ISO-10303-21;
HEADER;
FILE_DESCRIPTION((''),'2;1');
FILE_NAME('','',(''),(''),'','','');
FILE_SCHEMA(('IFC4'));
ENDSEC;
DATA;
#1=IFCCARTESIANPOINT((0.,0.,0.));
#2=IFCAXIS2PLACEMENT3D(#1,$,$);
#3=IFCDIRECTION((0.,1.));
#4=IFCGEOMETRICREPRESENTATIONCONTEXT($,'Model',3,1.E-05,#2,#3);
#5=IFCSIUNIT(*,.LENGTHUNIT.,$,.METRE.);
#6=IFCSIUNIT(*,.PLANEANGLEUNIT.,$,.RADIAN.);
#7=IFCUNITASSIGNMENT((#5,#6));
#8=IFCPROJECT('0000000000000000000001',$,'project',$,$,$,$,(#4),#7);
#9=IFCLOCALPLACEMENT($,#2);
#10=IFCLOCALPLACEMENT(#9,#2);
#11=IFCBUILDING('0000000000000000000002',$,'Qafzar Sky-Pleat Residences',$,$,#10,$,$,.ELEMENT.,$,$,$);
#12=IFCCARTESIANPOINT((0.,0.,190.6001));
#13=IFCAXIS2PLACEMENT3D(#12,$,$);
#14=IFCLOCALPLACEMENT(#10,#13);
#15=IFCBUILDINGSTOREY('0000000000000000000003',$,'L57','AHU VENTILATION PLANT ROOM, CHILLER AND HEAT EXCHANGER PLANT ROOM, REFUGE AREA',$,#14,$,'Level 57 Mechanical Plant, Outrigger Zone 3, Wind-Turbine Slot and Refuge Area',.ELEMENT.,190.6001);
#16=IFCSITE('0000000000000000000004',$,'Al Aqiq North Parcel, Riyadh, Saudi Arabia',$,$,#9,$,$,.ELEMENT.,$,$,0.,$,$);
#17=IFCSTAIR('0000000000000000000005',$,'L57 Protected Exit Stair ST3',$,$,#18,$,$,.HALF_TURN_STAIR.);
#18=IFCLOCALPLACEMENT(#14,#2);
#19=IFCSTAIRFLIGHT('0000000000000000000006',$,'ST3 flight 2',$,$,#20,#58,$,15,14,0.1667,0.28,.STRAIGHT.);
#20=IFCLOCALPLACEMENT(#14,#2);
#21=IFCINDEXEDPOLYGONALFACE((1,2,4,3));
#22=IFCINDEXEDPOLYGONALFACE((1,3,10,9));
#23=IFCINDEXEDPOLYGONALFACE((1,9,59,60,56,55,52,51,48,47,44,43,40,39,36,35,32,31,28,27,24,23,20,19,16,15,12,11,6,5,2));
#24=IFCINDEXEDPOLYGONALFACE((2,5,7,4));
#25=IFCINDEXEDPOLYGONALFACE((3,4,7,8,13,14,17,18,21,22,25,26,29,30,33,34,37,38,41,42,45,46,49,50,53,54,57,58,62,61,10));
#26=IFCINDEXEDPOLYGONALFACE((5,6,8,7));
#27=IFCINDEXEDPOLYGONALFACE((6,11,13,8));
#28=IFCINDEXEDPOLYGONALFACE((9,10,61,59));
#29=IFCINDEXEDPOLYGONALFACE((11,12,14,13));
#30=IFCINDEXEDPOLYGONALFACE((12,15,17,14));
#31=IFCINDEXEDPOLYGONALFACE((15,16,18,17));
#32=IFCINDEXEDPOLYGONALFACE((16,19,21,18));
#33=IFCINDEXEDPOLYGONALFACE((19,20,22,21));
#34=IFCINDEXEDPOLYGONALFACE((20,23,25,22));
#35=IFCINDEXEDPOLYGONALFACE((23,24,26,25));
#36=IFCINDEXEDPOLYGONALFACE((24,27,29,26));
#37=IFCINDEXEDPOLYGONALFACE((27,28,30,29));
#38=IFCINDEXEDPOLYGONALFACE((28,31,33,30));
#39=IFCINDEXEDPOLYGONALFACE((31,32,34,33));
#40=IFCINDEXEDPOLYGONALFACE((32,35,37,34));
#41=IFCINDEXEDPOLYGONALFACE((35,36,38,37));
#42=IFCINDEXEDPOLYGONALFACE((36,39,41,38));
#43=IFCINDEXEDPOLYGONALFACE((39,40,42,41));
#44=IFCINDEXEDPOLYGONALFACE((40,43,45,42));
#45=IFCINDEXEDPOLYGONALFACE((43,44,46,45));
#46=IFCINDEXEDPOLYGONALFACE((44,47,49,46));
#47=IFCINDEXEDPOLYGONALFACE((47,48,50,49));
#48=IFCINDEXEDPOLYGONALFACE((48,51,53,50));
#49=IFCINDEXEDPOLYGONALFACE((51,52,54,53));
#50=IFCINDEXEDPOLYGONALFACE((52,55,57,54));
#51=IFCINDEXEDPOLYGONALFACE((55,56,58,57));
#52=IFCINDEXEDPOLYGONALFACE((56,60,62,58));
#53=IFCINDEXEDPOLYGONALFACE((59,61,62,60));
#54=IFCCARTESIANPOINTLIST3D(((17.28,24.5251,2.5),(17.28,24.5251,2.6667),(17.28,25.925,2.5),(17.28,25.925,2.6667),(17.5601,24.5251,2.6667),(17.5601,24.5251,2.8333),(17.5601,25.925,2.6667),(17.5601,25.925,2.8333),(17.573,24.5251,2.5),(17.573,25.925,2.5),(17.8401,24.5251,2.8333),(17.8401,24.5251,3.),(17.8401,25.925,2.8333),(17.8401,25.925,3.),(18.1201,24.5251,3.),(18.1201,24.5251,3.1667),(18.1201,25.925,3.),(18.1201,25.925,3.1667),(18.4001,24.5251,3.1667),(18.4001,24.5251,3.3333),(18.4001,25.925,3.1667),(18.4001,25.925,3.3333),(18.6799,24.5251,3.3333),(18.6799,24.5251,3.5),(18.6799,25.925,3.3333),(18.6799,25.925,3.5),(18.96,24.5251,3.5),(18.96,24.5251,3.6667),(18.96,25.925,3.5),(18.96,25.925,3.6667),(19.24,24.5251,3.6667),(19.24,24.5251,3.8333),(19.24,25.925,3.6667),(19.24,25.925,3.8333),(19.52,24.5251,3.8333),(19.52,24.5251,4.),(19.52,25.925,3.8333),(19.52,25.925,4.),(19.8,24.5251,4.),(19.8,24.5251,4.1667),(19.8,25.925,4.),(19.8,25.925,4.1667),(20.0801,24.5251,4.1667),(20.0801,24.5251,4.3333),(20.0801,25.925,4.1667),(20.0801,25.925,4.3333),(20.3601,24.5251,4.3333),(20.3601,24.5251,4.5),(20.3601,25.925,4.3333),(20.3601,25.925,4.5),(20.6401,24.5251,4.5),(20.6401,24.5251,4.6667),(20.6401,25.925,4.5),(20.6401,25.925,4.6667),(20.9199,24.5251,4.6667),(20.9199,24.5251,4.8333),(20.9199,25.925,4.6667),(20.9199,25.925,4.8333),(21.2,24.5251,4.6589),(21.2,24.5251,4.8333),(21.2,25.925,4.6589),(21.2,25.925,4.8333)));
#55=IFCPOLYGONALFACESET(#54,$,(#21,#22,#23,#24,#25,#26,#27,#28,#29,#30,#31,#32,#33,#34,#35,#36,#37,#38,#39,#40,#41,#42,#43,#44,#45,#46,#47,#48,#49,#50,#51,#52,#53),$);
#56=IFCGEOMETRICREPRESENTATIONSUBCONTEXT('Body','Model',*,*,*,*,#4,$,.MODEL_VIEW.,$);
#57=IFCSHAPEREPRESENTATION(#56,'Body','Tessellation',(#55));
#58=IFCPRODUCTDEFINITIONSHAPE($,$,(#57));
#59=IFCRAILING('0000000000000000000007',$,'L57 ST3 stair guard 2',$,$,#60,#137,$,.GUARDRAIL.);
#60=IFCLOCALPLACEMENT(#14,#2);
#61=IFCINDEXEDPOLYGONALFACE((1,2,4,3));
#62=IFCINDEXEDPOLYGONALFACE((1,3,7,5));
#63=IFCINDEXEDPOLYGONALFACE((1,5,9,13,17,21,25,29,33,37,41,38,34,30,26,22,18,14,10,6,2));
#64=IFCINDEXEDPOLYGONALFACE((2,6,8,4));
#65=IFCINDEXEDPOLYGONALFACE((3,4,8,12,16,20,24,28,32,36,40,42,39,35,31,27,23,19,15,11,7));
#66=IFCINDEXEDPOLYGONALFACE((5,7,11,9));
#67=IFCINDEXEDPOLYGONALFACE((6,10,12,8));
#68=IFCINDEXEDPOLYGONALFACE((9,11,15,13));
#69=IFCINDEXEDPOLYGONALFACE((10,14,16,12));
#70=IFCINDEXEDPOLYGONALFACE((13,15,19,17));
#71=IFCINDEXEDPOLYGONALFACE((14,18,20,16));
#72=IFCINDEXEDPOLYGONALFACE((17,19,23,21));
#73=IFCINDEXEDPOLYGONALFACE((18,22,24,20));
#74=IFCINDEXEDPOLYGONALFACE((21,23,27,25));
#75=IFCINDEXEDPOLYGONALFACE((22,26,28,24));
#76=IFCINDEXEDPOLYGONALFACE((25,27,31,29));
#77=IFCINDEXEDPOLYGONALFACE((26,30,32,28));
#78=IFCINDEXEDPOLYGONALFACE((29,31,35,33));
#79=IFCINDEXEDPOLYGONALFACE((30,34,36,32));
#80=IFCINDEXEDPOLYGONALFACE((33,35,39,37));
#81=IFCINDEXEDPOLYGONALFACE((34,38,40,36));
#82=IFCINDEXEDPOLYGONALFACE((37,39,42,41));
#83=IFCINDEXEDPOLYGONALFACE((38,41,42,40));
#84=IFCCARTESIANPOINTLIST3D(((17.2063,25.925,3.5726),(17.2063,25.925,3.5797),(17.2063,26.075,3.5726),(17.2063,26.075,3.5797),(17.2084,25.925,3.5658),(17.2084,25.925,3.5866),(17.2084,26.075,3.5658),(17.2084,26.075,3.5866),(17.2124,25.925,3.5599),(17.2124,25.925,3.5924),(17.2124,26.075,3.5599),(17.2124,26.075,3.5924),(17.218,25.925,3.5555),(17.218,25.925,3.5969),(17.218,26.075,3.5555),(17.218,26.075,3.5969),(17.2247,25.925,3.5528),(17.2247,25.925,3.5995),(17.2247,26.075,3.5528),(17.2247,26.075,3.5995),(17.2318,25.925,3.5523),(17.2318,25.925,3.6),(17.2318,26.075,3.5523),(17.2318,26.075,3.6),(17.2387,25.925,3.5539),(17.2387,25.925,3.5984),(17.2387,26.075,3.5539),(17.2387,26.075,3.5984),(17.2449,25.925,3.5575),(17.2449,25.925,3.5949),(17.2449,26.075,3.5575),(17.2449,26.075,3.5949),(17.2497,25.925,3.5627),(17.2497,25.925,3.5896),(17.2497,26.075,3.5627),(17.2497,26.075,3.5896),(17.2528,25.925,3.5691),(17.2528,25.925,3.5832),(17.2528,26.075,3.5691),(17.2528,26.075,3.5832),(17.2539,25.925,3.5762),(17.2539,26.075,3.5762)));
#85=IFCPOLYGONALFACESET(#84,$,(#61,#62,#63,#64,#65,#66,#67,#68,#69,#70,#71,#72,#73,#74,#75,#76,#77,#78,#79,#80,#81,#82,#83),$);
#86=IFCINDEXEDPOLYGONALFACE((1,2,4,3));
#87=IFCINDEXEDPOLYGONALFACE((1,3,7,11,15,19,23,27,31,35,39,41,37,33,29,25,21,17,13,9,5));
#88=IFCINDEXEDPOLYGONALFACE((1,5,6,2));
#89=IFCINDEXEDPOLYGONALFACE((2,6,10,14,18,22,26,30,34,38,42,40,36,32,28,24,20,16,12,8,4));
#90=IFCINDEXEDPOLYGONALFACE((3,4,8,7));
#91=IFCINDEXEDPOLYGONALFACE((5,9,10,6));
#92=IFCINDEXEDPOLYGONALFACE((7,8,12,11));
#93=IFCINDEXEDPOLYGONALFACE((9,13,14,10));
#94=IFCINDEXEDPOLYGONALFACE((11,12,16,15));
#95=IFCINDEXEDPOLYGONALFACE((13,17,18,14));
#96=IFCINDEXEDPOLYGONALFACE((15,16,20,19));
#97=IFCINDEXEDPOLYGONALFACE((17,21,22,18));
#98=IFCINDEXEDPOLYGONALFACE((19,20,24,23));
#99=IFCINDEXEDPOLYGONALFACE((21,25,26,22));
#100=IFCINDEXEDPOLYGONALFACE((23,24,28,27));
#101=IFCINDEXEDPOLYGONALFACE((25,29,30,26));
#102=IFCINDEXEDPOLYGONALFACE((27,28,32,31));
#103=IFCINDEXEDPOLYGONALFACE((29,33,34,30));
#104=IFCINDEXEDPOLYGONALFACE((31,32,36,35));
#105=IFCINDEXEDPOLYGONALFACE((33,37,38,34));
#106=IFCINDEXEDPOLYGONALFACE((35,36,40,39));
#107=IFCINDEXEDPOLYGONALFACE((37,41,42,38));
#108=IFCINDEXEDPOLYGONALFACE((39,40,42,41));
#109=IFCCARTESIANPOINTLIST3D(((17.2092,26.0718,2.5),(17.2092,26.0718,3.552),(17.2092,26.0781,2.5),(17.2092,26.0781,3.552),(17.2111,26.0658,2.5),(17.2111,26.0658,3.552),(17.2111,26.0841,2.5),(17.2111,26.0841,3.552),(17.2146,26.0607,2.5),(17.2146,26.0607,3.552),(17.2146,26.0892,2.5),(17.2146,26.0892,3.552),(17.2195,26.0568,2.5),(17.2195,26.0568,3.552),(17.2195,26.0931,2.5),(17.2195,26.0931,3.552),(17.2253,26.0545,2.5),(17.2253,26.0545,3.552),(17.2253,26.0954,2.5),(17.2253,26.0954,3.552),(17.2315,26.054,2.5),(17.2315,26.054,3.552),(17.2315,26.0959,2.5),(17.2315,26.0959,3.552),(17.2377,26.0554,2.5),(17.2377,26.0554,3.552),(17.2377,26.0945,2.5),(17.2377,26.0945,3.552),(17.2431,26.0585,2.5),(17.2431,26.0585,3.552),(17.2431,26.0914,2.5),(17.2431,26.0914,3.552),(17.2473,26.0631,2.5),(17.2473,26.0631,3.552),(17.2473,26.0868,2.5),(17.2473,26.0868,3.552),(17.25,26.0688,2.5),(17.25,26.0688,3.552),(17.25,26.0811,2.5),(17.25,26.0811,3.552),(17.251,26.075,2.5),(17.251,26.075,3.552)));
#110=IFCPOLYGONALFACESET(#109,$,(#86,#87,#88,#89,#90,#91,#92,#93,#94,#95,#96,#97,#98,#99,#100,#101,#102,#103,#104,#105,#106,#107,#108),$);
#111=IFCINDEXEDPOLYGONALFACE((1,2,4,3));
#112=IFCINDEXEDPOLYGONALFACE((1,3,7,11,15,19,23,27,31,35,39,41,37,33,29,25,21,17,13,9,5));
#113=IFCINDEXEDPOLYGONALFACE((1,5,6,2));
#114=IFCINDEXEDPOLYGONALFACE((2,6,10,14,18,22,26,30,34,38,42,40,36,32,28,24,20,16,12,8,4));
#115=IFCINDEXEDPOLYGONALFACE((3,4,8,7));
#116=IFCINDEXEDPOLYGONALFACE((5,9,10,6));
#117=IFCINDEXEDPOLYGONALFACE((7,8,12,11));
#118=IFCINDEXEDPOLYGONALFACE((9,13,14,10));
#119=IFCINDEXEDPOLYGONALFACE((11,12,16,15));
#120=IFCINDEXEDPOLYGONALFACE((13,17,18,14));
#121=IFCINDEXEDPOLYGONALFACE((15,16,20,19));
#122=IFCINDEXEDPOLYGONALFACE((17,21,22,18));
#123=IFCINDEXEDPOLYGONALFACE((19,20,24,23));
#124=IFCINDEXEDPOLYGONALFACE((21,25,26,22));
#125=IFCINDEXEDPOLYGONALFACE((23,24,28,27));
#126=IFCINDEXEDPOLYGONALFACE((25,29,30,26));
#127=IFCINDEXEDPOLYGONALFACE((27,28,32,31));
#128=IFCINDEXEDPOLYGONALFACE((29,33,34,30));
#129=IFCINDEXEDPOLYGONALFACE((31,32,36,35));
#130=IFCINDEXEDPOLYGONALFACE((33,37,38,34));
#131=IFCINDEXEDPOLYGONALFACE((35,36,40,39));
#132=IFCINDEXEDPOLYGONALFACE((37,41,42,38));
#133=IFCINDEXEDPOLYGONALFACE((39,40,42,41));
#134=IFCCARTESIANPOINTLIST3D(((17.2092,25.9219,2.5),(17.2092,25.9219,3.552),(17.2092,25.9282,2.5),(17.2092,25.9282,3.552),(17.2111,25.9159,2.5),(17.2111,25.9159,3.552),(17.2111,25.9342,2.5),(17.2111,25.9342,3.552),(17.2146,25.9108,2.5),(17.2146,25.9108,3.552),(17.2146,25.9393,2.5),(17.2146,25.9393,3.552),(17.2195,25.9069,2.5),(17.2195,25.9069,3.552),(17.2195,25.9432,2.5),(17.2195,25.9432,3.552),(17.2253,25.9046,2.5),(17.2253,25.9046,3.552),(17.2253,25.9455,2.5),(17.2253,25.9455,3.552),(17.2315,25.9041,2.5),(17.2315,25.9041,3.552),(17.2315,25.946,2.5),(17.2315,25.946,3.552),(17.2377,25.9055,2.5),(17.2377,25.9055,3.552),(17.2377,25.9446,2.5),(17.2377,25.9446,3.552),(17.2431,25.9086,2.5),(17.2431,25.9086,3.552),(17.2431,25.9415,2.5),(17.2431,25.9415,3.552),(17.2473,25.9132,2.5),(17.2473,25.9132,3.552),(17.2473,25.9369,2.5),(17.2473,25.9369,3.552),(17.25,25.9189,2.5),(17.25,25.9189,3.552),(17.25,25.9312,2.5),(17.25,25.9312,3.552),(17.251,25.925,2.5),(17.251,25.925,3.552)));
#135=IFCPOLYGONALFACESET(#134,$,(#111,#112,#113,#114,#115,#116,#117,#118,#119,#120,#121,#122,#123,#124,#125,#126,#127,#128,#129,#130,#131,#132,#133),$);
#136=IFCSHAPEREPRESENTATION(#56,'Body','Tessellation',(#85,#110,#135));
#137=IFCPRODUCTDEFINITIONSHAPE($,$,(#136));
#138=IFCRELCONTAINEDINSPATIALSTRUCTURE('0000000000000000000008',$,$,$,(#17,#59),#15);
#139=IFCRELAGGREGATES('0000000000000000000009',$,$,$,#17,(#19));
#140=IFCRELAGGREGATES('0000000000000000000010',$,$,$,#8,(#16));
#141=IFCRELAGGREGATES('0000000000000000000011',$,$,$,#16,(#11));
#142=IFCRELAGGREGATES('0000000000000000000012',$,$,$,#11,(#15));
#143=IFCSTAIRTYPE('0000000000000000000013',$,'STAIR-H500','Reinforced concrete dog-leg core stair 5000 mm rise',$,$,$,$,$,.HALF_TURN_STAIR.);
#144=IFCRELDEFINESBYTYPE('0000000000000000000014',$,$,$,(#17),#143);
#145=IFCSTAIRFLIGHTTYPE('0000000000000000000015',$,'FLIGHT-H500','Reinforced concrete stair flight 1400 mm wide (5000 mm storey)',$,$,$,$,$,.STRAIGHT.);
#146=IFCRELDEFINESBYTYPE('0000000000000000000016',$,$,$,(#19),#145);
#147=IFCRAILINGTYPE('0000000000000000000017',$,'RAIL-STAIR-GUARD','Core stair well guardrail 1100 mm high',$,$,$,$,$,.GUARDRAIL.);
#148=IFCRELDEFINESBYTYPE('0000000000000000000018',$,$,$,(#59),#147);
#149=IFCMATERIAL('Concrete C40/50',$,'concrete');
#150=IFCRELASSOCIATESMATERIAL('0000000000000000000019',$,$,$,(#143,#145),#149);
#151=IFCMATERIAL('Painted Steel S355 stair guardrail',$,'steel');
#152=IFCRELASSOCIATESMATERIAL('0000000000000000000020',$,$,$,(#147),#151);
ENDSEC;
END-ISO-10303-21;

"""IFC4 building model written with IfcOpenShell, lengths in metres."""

from ifc_helpers import new_model, si_unit, direction, frame, origin, origin_2d, place, context, subcontext, project, spatial, polyline, circle, outline, extrude, source, transform, mapped, material, type_object, element, aggregate, save


model = new_model("IFC4")

# Units and contexts
model_context = context("Model", 3, precision=1e-05, world=origin(), true_north=direction((0.0, 1.0)))
body_context = subcontext(model_context, "Body", "Model", "MODEL_VIEW")
ifc_project = project(units=[si_unit("LENGTHUNIT", "METRE"), si_unit("PLANEANGLEUNIT", "RADIAN")], contexts=[model_context])

# Site, building, storey
site_placement = place(None, origin())
site = spatial("IfcSite", under=ifc_project, at=site_placement, Name="Al Aqiq North Parcel, Riyadh, Saudi Arabia", CompositionType="ELEMENT", RefElevation=0.0)
building_placement = place(site_placement, origin())
building = spatial("IfcBuilding", under=site, at=building_placement, Name="Qafzar Sky-Pleat Residences", CompositionType="ELEMENT")
storey_placement = place(building_placement, frame((0.0, 0.0, 190.6001)))
storey = spatial("IfcBuildingStorey", under=building, at=storey_placement, Name="L57", Description="AHU VENTILATION PLANT ROOM, CHILLER AND HEAT EXCHANGER PLANT ROOM, REFUGE AREA", LongName="Level 57 Mechanical Plant, Outrigger Zone 3, Wind-Turbine Slot and Refuge Area", CompositionType="ELEMENT", Elevation=190.6001)

# Stair, stair flight
ifc_material_1 = material(Name="Concrete C40/50", Category="concrete")
stair_type = type_object("IfcStairType", Name="STAIR-H500", Description="Reinforced concrete dog-leg core stair 5000 mm rise", PredefinedType="HALF_TURN_STAIR", material=ifc_material_1)
stair_placement = place(storey_placement, origin())
stair = element("IfcStair", 1, at=stair_placement, inside=storey, type_object=stair_type, Name="L57 Protected Exit Stair ST3", PredefinedType="HALF_TURN_STAIR")
stair_flight_type = type_object("IfcStairFlightType", Name="FLIGHT-H500", Description="Reinforced concrete stair flight 1400 mm wide (5000 mm storey)", PredefinedType="STRAIGHT", material=ifc_material_1)
shared_shape_1 = source(origin(), body_context, "Body", "SweptSolid", [
    extrude(outline(polyline([(0.0, 0.0), (0.0, 0.1667), (0.28, 0.1667), (0.28, 0.3333), (0.5601, 0.3333), (0.5601, 0.5), (0.8401, 0.5), (0.8401, 0.6667), (1.1201, 0.6667), (1.1201, 0.8333), (1.3999, 0.8333), (1.3999, 1.0), (1.6799, 1.0), (1.6799, 1.1667), (1.96, 1.1667), (1.96, 1.3333), (2.24, 1.3333), (2.24, 1.5), (2.52, 1.5), (2.52, 1.6667), (2.8, 1.6667), (2.8, 1.8333), (3.0801, 1.8333), (3.0801, 2.0), (3.3601, 2.0), (3.3601, 2.1667), (3.6399, 2.1667), (3.6399, 2.3333), (3.9199, 2.3333), (3.9199, 2.5), (3.9199, 2.1589), (0.293, 0.0), (0.0, 0.0)])), frame((0.0, 0.7, 0.0), z_axis=(0.0, -1.0, 0.0), x_axis=(1.0, 0.0, 0.0)), (0.0, 0.0, 1.0), 1.3999),
])
stair_flight_1_placement = place(storey_placement, frame((17.28, 25.2251, 2.5), z_axis=(0.0, 0.0, 1.0), x_axis=(1.0, 0.0, 0.0)))
stair_flight_1 = element("IfcStairFlight", 2, at=stair_flight_1_placement, type_object=stair_flight_type, Name="ST3 flight 2", NumberOfRisers=15, NumberOfTreads=14, PredefinedType="STRAIGHT", RiserHeight=0.1667, TreadLength=0.28, context=body_context, shape_type="MappedRepresentation", body=[
    mapped(shared_shape_1, transform((0.0, 0.0, 0.0), x_axis=(1.0, 0.0, 0.0), y_axis=(0.0, 1.0, 0.0), z_axis=(0.0, 0.0, 1.0), scale=1.0)),
])
aggregate(stair, [stair_flight_1])

# Railing
ifc_material_2 = material(Name="Painted Steel S355 stair guardrail", Category="steel")
railing_type_1 = type_object("IfcRailingType", Name="RAIL-STAIR-GUARD", Description="Core stair well guardrail 1100 mm high", PredefinedType="GUARDRAIL", material=ifc_material_2)
shared_shape_2 = source(origin(), body_context, "Body", "SweptSolid", [
    extrude(circle(Radius=0.0239, at=origin_2d()), frame((0.0, 0.0, 1.0762), z_axis=(0.0, -1.0, 0.0), x_axis=(1.0, 0.0, 0.0)), (0.0, 0.0, 1.0), 0.1499),
    extrude(circle(Radius=0.021, at=origin_2d()), origin(), (0.0, 0.0, 1.0), 1.052),
    extrude(circle(Radius=0.021, at=origin_2d()), frame((0.0, -0.1499, 0.0)), (0.0, 0.0, 1.0), 1.052),
])
for number, where, name in (
    (3, (17.23, 26.075, 2.5), "L57 ST3 stair guard 2"),
):
    element("IfcRailing", number, at=place(storey_placement, frame(where)), inside=storey, type_object=railing_type_1, Name=name, PredefinedType="GUARDRAIL", context=body_context, shape_type="MappedRepresentation", body=[
        mapped(shared_shape_2, transform((0.0, 0.0, 0.0), x_axis=(1.0, 0.0, 0.0), y_axis=(0.0, 1.0, 0.0), z_axis=(0.0, 0.0, 1.0), scale=1.0)),
    ])

save(model, "model.ifc")
